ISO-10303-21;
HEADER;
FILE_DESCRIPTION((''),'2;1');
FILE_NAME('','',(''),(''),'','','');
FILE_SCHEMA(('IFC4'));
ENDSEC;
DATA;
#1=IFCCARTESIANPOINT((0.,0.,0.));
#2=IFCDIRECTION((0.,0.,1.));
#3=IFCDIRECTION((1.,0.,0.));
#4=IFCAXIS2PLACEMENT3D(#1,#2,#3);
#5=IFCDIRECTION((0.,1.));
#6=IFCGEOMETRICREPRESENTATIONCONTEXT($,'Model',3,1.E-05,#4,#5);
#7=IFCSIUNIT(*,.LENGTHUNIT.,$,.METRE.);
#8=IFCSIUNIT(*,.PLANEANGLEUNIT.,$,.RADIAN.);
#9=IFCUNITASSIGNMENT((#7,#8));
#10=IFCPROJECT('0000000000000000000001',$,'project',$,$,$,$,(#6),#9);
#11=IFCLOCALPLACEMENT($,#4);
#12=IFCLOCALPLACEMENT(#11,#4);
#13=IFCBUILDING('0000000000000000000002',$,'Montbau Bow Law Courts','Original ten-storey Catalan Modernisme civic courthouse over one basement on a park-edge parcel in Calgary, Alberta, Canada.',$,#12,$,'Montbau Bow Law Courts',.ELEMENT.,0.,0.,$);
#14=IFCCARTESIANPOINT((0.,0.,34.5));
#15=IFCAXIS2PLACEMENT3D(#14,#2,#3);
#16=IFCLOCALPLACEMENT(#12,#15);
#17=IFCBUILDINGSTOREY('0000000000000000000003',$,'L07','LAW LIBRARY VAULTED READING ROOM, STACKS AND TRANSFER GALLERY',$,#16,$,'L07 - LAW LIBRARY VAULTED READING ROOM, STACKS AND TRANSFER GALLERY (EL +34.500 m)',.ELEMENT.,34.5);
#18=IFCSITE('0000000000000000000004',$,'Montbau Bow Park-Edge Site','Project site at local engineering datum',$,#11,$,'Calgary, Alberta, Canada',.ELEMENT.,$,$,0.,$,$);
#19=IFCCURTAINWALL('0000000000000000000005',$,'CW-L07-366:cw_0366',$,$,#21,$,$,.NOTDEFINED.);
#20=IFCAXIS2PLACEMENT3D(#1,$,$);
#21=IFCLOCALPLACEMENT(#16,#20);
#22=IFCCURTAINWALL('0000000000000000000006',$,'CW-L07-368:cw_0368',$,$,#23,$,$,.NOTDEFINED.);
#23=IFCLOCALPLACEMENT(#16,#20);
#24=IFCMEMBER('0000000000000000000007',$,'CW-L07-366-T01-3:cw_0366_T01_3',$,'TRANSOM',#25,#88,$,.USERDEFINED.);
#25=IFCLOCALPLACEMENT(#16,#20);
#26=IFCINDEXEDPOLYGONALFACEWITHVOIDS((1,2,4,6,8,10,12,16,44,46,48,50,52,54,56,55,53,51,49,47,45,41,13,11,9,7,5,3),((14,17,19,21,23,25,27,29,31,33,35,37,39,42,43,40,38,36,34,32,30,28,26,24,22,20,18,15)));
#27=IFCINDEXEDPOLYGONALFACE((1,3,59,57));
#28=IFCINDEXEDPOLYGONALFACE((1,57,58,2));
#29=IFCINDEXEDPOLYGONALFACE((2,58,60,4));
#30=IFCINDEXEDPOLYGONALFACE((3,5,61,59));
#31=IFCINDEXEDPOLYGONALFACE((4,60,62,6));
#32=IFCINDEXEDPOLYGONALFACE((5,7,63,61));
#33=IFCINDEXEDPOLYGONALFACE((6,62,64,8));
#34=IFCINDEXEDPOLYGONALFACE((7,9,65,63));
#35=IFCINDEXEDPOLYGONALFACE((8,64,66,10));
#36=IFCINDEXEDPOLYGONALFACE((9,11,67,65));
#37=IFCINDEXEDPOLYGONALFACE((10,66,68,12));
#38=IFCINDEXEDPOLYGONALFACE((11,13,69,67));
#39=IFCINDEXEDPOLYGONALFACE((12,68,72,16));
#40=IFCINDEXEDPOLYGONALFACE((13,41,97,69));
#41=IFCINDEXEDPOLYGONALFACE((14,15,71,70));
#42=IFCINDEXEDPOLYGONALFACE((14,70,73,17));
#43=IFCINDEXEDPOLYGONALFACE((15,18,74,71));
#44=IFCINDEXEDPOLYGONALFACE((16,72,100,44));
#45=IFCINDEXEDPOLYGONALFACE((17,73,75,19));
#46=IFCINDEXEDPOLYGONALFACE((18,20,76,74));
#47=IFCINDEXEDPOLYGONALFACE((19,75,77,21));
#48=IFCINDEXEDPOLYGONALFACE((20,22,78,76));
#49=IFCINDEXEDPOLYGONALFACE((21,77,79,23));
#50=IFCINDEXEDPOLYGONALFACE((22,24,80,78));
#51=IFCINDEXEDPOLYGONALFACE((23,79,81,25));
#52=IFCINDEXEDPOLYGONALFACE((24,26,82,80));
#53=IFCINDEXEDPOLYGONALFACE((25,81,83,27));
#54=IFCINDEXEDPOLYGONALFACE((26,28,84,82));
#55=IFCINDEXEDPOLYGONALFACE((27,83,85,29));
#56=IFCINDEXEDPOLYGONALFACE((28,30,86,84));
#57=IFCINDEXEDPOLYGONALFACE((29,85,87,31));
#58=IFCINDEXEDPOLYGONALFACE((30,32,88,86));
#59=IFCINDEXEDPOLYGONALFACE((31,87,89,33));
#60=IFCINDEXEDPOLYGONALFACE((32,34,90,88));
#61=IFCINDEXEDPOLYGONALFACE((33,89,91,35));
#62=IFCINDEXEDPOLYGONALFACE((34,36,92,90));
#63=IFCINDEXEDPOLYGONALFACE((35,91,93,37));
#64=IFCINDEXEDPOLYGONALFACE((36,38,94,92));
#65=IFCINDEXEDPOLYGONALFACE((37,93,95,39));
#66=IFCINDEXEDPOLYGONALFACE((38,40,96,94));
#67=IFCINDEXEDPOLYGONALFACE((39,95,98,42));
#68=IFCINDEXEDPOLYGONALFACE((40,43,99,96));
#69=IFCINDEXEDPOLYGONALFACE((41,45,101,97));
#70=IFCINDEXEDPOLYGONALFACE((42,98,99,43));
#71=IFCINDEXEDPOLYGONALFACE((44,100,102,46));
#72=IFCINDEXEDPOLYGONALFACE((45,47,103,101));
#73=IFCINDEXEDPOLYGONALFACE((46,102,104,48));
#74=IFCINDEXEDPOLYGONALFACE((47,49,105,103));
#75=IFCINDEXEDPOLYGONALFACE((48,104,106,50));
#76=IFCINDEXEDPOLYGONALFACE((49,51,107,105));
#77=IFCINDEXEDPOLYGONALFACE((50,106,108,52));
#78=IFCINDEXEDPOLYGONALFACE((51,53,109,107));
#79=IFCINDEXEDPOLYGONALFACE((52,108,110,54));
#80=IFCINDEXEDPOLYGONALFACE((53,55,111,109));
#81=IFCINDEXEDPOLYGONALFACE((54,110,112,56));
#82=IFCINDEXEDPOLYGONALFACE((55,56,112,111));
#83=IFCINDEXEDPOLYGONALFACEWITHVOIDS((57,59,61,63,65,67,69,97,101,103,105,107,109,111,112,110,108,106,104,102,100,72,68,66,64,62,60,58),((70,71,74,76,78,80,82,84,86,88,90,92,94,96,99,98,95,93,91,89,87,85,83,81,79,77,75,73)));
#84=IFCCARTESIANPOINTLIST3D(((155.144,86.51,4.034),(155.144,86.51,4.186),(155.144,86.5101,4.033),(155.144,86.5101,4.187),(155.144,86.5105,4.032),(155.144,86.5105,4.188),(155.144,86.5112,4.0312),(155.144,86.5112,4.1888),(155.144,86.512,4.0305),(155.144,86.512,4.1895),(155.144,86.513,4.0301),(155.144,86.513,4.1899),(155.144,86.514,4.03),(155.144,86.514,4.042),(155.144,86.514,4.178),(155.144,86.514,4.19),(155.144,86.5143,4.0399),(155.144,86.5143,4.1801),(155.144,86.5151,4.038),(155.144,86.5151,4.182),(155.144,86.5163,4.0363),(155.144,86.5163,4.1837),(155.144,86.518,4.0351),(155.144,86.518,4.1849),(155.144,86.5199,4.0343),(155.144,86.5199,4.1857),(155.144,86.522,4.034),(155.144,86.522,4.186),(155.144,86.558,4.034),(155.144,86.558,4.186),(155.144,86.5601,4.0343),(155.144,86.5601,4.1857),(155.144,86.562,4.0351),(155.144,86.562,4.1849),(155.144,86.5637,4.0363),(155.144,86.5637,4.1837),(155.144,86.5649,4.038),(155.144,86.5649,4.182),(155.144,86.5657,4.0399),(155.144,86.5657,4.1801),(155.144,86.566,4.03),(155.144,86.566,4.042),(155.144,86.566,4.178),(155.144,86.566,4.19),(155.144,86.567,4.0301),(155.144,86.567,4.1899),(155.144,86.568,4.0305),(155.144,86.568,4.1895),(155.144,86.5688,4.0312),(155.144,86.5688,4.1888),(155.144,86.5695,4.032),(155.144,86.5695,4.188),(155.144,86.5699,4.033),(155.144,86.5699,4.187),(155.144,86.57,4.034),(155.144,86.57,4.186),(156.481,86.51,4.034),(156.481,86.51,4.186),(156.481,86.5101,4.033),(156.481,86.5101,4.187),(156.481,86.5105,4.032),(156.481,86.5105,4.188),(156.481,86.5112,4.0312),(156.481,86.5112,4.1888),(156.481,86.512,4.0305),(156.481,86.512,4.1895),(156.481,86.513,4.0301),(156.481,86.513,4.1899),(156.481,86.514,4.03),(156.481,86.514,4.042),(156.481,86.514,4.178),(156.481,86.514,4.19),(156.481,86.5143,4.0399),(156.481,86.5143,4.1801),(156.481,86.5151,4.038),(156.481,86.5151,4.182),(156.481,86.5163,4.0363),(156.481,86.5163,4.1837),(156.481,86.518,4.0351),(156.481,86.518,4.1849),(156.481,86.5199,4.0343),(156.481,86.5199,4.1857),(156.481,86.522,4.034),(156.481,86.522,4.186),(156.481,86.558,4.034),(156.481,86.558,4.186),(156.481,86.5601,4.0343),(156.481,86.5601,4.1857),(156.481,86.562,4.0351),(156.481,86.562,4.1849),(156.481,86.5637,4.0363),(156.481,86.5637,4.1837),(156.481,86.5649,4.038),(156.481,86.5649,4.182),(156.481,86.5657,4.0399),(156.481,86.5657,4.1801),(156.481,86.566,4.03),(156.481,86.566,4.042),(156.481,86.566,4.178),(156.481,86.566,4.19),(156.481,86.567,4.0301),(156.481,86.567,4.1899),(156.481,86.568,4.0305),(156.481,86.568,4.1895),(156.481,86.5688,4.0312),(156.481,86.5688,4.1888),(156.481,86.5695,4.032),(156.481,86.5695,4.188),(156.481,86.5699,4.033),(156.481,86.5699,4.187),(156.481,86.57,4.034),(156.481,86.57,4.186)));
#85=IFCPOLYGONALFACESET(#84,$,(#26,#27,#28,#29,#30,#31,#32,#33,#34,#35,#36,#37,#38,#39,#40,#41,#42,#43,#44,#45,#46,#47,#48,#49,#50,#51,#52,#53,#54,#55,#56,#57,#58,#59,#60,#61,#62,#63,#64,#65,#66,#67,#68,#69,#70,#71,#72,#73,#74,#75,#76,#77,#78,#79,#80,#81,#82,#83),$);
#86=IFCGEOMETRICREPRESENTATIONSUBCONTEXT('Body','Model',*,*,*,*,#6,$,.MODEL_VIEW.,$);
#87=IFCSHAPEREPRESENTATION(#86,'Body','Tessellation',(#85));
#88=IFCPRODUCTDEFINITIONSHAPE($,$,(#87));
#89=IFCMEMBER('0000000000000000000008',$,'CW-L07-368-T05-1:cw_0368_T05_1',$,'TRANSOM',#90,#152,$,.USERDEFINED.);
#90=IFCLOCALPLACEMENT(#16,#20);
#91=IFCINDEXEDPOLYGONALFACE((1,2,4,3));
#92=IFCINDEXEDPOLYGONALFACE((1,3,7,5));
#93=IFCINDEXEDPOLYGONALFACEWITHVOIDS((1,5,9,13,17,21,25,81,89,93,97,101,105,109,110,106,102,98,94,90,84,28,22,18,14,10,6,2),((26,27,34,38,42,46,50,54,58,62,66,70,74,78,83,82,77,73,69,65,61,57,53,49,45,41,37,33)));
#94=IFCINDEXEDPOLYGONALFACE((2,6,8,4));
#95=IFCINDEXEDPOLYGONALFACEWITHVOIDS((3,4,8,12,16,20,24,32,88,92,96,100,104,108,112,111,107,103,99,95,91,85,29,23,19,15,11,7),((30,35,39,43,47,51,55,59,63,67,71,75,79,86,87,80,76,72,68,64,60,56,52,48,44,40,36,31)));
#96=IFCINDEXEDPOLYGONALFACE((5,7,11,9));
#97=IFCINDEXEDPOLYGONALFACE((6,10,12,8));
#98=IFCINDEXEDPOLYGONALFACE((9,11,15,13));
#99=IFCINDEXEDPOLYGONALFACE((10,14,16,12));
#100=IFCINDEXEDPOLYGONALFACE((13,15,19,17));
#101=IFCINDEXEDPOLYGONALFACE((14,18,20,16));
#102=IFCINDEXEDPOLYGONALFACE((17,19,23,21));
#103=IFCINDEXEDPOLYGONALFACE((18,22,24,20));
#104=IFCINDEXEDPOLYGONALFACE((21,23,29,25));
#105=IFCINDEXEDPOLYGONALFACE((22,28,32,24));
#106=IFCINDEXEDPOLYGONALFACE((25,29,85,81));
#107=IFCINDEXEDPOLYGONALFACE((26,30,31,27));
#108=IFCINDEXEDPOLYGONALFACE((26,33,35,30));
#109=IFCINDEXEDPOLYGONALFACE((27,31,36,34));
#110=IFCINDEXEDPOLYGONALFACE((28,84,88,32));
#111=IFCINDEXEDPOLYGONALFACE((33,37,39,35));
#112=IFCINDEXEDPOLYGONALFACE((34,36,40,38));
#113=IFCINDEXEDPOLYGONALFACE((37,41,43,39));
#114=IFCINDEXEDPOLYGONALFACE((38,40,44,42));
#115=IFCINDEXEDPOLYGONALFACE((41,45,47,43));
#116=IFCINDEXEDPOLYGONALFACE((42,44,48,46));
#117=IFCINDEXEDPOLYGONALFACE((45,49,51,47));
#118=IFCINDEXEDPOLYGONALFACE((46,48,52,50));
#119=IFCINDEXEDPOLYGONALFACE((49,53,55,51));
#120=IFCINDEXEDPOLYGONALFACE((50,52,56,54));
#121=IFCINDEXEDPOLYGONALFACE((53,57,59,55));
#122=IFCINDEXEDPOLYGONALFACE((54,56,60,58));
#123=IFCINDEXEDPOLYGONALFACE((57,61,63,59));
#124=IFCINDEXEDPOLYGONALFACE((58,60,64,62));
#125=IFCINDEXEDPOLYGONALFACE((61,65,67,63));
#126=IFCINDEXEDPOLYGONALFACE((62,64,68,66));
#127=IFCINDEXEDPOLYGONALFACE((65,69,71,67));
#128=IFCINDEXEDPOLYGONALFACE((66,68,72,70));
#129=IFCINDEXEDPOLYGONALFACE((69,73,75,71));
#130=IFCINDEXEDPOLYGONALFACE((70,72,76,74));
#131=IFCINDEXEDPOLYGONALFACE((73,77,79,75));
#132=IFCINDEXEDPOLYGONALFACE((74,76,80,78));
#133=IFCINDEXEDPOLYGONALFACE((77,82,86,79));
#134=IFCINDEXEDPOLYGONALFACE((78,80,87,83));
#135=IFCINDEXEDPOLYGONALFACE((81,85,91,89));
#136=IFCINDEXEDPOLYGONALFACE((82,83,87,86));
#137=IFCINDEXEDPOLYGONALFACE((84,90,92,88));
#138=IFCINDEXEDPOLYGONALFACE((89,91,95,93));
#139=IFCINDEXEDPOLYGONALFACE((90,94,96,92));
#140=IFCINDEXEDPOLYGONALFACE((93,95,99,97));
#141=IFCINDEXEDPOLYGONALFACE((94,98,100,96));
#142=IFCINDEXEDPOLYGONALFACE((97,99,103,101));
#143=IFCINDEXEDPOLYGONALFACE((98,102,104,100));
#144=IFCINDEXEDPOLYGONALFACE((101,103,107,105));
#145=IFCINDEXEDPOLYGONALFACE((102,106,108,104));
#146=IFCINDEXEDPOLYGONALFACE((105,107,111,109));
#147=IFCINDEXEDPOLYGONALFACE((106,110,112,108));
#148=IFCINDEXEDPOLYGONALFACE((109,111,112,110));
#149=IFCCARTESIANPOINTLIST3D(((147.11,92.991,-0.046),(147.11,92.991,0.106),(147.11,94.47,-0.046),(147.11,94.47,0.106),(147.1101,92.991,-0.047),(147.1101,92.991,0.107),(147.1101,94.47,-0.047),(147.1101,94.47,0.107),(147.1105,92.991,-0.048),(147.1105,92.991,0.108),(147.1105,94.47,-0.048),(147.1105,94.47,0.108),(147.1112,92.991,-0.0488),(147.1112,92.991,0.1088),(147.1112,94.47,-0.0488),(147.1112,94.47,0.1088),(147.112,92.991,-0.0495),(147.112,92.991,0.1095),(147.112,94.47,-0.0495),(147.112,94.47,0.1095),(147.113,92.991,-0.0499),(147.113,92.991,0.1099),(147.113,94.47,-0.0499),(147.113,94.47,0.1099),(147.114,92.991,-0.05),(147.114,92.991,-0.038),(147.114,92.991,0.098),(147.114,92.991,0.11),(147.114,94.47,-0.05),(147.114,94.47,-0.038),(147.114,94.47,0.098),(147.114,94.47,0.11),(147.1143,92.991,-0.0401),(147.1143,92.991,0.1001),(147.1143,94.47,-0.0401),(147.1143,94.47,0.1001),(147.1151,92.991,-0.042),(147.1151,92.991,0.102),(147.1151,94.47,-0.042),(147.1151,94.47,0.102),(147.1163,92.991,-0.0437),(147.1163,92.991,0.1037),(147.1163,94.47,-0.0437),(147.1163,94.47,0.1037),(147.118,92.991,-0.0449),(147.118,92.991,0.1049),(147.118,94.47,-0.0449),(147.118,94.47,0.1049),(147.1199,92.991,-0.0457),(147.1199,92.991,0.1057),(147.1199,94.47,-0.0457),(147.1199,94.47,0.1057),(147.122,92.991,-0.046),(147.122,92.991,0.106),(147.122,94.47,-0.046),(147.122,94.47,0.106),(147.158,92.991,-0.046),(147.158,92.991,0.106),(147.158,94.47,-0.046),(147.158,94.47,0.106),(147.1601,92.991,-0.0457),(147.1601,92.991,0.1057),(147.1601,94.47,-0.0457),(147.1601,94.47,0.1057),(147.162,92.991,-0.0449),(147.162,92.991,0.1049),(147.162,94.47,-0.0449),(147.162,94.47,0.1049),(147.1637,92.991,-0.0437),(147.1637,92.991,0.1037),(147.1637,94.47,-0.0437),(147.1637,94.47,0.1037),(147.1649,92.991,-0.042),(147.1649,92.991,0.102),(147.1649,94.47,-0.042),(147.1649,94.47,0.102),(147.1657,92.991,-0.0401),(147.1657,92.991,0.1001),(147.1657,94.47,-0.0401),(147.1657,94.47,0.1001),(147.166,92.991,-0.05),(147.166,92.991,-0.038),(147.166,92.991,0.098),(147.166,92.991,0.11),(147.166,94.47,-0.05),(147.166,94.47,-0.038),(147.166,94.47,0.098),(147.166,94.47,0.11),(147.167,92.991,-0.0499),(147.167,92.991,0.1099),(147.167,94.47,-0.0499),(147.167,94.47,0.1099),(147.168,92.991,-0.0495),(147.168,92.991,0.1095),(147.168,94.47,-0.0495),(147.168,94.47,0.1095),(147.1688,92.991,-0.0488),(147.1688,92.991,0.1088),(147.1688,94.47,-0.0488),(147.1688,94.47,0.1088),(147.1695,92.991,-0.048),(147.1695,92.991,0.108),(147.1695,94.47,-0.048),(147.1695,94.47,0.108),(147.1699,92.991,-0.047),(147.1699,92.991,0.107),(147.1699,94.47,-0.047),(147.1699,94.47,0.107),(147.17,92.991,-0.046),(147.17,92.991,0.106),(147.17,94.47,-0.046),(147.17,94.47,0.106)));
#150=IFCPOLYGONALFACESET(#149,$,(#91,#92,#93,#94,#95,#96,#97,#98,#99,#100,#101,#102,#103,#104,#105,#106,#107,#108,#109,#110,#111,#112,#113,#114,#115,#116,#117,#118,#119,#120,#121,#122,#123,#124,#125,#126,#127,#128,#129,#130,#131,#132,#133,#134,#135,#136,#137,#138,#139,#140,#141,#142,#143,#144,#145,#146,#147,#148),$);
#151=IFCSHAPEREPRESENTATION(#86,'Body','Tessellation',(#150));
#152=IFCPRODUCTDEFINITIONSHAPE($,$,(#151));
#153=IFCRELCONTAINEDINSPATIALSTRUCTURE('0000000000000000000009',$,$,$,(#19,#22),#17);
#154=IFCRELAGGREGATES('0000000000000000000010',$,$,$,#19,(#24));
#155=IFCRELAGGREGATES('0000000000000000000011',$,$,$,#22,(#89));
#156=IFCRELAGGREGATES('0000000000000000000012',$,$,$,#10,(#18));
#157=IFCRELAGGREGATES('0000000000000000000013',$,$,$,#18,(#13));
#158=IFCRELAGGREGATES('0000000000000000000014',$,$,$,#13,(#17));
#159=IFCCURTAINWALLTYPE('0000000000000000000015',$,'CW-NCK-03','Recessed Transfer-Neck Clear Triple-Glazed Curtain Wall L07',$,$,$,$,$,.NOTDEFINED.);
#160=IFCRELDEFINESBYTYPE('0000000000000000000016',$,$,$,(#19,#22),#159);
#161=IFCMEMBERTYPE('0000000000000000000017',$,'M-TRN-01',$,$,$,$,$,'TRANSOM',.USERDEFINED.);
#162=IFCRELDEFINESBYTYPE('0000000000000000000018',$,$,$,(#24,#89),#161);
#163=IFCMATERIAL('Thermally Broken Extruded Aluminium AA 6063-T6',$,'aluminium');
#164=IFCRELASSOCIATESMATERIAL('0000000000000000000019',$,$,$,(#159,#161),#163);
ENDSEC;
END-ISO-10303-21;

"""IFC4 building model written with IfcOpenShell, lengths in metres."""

from ifc_helpers import new_model, si_unit, direction, frame, origin_with_axes, origin_2d_with_axis, place, context, subcontext, project, spatial, hollow_rectangle, extrude, material, material_profile, profile_set, type_object, element, aggregate, save


model = new_model("IFC4")

# Units and contexts
model_context = context("Model", 3, precision=1e-05, world=origin_with_axes(), true_north=direction((0.0, 1.0)))
body_context = subcontext(model_context, "Body", "Model", "MODEL_VIEW")
ifc_project = project(units=[si_unit("LENGTHUNIT", "METRE"), si_unit("PLANEANGLEUNIT", "RADIAN")], contexts=[model_context])

# Site, building, storey
site_placement = place(None, origin_with_axes())
site = spatial("IfcSite", under=ifc_project, at=site_placement, Name="Montbau Bow Park-Edge Site", Description="Project site at local engineering datum", LongName="Calgary, Alberta, Canada", CompositionType="ELEMENT", RefElevation=0.0)
building_placement = place(site_placement, origin_with_axes())
building = spatial("IfcBuilding", under=site, at=building_placement, Name="Montbau Bow Law Courts", Description="Original ten-storey Catalan Modernisme civic courthouse over one basement on a park-edge parcel in Calgary, Alberta, Canada.", LongName="Montbau Bow Law Courts", CompositionType="ELEMENT", ElevationOfRefHeight=0.0, ElevationOfTerrain=0.0)
storey_placement = place(building_placement, frame((0.0, 0.0, 34.5), z_axis=(0.0, 0.0, 1.0), x_axis=(1.0, 0.0, 0.0)))
storey = spatial("IfcBuildingStorey", under=building, at=storey_placement, Name="L07", Description="LAW LIBRARY VAULTED READING ROOM, STACKS AND TRANSFER GALLERY", LongName="L07 - LAW LIBRARY VAULTED READING ROOM, STACKS AND TRANSFER GALLERY (EL +34.500 m)", CompositionType="ELEMENT", Elevation=34.5)

# Curtain wall
ifc_material_1 = material(Name="Thermally Broken Extruded Aluminium AA 6063-T6", Category="aluminium")
curtain_wall_type = type_object("IfcCurtainWallType", Name="CW-NCK-03", Description="Recessed Transfer-Neck Clear Triple-Glazed Curtain Wall L07", PredefinedType="NOTDEFINED", material=ifc_material_1)
curtain_wall_1_placement = place(None, frame((155.068, 86.54, 34.5), z_axis=(0.0, 0.0, 1.0), x_axis=(1.0, 0.0, 0.0)))
curtain_wall_1 = element("IfcCurtainWall", 1, at=curtain_wall_1_placement, inside=storey, type_object=curtain_wall_type, Name="CW-L07-366:cw_0366", PredefinedType="NOTDEFINED")

# Curtain wall
curtain_wall_2_placement = place(None, frame((147.14, 86.668, 34.5), z_axis=(0.0, 0.0, 1.0), x_axis=(1.0, 0.0, 0.0)))
curtain_wall_2 = element("IfcCurtainWall", 2, at=curtain_wall_2_placement, inside=storey, type_object=curtain_wall_type, Name="CW-L07-368:cw_0368", PredefinedType="NOTDEFINED")

# Members
ifc_material_profile_1 = material_profile(ifc_material_1, hollow_rectangle(XDim=0.06, YDim=0.16, WallThickness=0.004, InnerFilletRadius=0.008, OuterFilletRadius=0.004, at=origin_2d_with_axis()), Name="CWT-160X60", Category="Main", Priority=0)
ifc_profile_set_1 = profile_set([ifc_material_profile_1], Name="Thermally Broken Extruded Aluminium AA 6063-T6")
member_type_1 = type_object("IfcMemberType", Name="M-TRN-01", ElementType="TRANSOM", PredefinedType="USERDEFINED", material=ifc_profile_set_1)
member_1_placement = place(None, frame((155.144, 86.54, 38.61), z_axis=(1.0, 0.0, 0.0), x_axis=(0.0, 1.0, 0.0)))
member_1 = element("IfcMember", 3, at=member_1_placement, type_object=member_type_1, Name="CW-L07-366-T01-3:cw_0366_T01_3", ObjectType="TRANSOM", PredefinedType="USERDEFINED", context=body_context, shape_type="SweptSolid", body=[
    extrude(hollow_rectangle(XDim=0.06, YDim=0.16, WallThickness=0.004, InnerFilletRadius=0.008, OuterFilletRadius=0.004, at=origin_2d_with_axis()), origin_with_axes(), (0.0, 0.0, 1.0), 1.337),
])
member_2_placement = place(None, frame((147.14, 92.991, 34.53), z_axis=(0.0, 1.0, 0.0), x_axis=(-1.0, 0.0, 0.0)))
member_2 = element("IfcMember", 4, at=member_2_placement, type_object=member_type_1, Name="CW-L07-368-T05-1:cw_0368_T05_1", ObjectType="TRANSOM", PredefinedType="USERDEFINED", context=body_context, shape_type="SweptSolid", body=[
    extrude(hollow_rectangle(XDim=0.06, YDim=0.16, WallThickness=0.004, InnerFilletRadius=0.008, OuterFilletRadius=0.004, at=origin_2d_with_axis()), origin_with_axes(), (0.0, 0.0, 1.0), 1.479),
])

aggregate(curtain_wall_1, [member_1])
aggregate(curtain_wall_2, [member_2])

save(model, "model.ifc")
